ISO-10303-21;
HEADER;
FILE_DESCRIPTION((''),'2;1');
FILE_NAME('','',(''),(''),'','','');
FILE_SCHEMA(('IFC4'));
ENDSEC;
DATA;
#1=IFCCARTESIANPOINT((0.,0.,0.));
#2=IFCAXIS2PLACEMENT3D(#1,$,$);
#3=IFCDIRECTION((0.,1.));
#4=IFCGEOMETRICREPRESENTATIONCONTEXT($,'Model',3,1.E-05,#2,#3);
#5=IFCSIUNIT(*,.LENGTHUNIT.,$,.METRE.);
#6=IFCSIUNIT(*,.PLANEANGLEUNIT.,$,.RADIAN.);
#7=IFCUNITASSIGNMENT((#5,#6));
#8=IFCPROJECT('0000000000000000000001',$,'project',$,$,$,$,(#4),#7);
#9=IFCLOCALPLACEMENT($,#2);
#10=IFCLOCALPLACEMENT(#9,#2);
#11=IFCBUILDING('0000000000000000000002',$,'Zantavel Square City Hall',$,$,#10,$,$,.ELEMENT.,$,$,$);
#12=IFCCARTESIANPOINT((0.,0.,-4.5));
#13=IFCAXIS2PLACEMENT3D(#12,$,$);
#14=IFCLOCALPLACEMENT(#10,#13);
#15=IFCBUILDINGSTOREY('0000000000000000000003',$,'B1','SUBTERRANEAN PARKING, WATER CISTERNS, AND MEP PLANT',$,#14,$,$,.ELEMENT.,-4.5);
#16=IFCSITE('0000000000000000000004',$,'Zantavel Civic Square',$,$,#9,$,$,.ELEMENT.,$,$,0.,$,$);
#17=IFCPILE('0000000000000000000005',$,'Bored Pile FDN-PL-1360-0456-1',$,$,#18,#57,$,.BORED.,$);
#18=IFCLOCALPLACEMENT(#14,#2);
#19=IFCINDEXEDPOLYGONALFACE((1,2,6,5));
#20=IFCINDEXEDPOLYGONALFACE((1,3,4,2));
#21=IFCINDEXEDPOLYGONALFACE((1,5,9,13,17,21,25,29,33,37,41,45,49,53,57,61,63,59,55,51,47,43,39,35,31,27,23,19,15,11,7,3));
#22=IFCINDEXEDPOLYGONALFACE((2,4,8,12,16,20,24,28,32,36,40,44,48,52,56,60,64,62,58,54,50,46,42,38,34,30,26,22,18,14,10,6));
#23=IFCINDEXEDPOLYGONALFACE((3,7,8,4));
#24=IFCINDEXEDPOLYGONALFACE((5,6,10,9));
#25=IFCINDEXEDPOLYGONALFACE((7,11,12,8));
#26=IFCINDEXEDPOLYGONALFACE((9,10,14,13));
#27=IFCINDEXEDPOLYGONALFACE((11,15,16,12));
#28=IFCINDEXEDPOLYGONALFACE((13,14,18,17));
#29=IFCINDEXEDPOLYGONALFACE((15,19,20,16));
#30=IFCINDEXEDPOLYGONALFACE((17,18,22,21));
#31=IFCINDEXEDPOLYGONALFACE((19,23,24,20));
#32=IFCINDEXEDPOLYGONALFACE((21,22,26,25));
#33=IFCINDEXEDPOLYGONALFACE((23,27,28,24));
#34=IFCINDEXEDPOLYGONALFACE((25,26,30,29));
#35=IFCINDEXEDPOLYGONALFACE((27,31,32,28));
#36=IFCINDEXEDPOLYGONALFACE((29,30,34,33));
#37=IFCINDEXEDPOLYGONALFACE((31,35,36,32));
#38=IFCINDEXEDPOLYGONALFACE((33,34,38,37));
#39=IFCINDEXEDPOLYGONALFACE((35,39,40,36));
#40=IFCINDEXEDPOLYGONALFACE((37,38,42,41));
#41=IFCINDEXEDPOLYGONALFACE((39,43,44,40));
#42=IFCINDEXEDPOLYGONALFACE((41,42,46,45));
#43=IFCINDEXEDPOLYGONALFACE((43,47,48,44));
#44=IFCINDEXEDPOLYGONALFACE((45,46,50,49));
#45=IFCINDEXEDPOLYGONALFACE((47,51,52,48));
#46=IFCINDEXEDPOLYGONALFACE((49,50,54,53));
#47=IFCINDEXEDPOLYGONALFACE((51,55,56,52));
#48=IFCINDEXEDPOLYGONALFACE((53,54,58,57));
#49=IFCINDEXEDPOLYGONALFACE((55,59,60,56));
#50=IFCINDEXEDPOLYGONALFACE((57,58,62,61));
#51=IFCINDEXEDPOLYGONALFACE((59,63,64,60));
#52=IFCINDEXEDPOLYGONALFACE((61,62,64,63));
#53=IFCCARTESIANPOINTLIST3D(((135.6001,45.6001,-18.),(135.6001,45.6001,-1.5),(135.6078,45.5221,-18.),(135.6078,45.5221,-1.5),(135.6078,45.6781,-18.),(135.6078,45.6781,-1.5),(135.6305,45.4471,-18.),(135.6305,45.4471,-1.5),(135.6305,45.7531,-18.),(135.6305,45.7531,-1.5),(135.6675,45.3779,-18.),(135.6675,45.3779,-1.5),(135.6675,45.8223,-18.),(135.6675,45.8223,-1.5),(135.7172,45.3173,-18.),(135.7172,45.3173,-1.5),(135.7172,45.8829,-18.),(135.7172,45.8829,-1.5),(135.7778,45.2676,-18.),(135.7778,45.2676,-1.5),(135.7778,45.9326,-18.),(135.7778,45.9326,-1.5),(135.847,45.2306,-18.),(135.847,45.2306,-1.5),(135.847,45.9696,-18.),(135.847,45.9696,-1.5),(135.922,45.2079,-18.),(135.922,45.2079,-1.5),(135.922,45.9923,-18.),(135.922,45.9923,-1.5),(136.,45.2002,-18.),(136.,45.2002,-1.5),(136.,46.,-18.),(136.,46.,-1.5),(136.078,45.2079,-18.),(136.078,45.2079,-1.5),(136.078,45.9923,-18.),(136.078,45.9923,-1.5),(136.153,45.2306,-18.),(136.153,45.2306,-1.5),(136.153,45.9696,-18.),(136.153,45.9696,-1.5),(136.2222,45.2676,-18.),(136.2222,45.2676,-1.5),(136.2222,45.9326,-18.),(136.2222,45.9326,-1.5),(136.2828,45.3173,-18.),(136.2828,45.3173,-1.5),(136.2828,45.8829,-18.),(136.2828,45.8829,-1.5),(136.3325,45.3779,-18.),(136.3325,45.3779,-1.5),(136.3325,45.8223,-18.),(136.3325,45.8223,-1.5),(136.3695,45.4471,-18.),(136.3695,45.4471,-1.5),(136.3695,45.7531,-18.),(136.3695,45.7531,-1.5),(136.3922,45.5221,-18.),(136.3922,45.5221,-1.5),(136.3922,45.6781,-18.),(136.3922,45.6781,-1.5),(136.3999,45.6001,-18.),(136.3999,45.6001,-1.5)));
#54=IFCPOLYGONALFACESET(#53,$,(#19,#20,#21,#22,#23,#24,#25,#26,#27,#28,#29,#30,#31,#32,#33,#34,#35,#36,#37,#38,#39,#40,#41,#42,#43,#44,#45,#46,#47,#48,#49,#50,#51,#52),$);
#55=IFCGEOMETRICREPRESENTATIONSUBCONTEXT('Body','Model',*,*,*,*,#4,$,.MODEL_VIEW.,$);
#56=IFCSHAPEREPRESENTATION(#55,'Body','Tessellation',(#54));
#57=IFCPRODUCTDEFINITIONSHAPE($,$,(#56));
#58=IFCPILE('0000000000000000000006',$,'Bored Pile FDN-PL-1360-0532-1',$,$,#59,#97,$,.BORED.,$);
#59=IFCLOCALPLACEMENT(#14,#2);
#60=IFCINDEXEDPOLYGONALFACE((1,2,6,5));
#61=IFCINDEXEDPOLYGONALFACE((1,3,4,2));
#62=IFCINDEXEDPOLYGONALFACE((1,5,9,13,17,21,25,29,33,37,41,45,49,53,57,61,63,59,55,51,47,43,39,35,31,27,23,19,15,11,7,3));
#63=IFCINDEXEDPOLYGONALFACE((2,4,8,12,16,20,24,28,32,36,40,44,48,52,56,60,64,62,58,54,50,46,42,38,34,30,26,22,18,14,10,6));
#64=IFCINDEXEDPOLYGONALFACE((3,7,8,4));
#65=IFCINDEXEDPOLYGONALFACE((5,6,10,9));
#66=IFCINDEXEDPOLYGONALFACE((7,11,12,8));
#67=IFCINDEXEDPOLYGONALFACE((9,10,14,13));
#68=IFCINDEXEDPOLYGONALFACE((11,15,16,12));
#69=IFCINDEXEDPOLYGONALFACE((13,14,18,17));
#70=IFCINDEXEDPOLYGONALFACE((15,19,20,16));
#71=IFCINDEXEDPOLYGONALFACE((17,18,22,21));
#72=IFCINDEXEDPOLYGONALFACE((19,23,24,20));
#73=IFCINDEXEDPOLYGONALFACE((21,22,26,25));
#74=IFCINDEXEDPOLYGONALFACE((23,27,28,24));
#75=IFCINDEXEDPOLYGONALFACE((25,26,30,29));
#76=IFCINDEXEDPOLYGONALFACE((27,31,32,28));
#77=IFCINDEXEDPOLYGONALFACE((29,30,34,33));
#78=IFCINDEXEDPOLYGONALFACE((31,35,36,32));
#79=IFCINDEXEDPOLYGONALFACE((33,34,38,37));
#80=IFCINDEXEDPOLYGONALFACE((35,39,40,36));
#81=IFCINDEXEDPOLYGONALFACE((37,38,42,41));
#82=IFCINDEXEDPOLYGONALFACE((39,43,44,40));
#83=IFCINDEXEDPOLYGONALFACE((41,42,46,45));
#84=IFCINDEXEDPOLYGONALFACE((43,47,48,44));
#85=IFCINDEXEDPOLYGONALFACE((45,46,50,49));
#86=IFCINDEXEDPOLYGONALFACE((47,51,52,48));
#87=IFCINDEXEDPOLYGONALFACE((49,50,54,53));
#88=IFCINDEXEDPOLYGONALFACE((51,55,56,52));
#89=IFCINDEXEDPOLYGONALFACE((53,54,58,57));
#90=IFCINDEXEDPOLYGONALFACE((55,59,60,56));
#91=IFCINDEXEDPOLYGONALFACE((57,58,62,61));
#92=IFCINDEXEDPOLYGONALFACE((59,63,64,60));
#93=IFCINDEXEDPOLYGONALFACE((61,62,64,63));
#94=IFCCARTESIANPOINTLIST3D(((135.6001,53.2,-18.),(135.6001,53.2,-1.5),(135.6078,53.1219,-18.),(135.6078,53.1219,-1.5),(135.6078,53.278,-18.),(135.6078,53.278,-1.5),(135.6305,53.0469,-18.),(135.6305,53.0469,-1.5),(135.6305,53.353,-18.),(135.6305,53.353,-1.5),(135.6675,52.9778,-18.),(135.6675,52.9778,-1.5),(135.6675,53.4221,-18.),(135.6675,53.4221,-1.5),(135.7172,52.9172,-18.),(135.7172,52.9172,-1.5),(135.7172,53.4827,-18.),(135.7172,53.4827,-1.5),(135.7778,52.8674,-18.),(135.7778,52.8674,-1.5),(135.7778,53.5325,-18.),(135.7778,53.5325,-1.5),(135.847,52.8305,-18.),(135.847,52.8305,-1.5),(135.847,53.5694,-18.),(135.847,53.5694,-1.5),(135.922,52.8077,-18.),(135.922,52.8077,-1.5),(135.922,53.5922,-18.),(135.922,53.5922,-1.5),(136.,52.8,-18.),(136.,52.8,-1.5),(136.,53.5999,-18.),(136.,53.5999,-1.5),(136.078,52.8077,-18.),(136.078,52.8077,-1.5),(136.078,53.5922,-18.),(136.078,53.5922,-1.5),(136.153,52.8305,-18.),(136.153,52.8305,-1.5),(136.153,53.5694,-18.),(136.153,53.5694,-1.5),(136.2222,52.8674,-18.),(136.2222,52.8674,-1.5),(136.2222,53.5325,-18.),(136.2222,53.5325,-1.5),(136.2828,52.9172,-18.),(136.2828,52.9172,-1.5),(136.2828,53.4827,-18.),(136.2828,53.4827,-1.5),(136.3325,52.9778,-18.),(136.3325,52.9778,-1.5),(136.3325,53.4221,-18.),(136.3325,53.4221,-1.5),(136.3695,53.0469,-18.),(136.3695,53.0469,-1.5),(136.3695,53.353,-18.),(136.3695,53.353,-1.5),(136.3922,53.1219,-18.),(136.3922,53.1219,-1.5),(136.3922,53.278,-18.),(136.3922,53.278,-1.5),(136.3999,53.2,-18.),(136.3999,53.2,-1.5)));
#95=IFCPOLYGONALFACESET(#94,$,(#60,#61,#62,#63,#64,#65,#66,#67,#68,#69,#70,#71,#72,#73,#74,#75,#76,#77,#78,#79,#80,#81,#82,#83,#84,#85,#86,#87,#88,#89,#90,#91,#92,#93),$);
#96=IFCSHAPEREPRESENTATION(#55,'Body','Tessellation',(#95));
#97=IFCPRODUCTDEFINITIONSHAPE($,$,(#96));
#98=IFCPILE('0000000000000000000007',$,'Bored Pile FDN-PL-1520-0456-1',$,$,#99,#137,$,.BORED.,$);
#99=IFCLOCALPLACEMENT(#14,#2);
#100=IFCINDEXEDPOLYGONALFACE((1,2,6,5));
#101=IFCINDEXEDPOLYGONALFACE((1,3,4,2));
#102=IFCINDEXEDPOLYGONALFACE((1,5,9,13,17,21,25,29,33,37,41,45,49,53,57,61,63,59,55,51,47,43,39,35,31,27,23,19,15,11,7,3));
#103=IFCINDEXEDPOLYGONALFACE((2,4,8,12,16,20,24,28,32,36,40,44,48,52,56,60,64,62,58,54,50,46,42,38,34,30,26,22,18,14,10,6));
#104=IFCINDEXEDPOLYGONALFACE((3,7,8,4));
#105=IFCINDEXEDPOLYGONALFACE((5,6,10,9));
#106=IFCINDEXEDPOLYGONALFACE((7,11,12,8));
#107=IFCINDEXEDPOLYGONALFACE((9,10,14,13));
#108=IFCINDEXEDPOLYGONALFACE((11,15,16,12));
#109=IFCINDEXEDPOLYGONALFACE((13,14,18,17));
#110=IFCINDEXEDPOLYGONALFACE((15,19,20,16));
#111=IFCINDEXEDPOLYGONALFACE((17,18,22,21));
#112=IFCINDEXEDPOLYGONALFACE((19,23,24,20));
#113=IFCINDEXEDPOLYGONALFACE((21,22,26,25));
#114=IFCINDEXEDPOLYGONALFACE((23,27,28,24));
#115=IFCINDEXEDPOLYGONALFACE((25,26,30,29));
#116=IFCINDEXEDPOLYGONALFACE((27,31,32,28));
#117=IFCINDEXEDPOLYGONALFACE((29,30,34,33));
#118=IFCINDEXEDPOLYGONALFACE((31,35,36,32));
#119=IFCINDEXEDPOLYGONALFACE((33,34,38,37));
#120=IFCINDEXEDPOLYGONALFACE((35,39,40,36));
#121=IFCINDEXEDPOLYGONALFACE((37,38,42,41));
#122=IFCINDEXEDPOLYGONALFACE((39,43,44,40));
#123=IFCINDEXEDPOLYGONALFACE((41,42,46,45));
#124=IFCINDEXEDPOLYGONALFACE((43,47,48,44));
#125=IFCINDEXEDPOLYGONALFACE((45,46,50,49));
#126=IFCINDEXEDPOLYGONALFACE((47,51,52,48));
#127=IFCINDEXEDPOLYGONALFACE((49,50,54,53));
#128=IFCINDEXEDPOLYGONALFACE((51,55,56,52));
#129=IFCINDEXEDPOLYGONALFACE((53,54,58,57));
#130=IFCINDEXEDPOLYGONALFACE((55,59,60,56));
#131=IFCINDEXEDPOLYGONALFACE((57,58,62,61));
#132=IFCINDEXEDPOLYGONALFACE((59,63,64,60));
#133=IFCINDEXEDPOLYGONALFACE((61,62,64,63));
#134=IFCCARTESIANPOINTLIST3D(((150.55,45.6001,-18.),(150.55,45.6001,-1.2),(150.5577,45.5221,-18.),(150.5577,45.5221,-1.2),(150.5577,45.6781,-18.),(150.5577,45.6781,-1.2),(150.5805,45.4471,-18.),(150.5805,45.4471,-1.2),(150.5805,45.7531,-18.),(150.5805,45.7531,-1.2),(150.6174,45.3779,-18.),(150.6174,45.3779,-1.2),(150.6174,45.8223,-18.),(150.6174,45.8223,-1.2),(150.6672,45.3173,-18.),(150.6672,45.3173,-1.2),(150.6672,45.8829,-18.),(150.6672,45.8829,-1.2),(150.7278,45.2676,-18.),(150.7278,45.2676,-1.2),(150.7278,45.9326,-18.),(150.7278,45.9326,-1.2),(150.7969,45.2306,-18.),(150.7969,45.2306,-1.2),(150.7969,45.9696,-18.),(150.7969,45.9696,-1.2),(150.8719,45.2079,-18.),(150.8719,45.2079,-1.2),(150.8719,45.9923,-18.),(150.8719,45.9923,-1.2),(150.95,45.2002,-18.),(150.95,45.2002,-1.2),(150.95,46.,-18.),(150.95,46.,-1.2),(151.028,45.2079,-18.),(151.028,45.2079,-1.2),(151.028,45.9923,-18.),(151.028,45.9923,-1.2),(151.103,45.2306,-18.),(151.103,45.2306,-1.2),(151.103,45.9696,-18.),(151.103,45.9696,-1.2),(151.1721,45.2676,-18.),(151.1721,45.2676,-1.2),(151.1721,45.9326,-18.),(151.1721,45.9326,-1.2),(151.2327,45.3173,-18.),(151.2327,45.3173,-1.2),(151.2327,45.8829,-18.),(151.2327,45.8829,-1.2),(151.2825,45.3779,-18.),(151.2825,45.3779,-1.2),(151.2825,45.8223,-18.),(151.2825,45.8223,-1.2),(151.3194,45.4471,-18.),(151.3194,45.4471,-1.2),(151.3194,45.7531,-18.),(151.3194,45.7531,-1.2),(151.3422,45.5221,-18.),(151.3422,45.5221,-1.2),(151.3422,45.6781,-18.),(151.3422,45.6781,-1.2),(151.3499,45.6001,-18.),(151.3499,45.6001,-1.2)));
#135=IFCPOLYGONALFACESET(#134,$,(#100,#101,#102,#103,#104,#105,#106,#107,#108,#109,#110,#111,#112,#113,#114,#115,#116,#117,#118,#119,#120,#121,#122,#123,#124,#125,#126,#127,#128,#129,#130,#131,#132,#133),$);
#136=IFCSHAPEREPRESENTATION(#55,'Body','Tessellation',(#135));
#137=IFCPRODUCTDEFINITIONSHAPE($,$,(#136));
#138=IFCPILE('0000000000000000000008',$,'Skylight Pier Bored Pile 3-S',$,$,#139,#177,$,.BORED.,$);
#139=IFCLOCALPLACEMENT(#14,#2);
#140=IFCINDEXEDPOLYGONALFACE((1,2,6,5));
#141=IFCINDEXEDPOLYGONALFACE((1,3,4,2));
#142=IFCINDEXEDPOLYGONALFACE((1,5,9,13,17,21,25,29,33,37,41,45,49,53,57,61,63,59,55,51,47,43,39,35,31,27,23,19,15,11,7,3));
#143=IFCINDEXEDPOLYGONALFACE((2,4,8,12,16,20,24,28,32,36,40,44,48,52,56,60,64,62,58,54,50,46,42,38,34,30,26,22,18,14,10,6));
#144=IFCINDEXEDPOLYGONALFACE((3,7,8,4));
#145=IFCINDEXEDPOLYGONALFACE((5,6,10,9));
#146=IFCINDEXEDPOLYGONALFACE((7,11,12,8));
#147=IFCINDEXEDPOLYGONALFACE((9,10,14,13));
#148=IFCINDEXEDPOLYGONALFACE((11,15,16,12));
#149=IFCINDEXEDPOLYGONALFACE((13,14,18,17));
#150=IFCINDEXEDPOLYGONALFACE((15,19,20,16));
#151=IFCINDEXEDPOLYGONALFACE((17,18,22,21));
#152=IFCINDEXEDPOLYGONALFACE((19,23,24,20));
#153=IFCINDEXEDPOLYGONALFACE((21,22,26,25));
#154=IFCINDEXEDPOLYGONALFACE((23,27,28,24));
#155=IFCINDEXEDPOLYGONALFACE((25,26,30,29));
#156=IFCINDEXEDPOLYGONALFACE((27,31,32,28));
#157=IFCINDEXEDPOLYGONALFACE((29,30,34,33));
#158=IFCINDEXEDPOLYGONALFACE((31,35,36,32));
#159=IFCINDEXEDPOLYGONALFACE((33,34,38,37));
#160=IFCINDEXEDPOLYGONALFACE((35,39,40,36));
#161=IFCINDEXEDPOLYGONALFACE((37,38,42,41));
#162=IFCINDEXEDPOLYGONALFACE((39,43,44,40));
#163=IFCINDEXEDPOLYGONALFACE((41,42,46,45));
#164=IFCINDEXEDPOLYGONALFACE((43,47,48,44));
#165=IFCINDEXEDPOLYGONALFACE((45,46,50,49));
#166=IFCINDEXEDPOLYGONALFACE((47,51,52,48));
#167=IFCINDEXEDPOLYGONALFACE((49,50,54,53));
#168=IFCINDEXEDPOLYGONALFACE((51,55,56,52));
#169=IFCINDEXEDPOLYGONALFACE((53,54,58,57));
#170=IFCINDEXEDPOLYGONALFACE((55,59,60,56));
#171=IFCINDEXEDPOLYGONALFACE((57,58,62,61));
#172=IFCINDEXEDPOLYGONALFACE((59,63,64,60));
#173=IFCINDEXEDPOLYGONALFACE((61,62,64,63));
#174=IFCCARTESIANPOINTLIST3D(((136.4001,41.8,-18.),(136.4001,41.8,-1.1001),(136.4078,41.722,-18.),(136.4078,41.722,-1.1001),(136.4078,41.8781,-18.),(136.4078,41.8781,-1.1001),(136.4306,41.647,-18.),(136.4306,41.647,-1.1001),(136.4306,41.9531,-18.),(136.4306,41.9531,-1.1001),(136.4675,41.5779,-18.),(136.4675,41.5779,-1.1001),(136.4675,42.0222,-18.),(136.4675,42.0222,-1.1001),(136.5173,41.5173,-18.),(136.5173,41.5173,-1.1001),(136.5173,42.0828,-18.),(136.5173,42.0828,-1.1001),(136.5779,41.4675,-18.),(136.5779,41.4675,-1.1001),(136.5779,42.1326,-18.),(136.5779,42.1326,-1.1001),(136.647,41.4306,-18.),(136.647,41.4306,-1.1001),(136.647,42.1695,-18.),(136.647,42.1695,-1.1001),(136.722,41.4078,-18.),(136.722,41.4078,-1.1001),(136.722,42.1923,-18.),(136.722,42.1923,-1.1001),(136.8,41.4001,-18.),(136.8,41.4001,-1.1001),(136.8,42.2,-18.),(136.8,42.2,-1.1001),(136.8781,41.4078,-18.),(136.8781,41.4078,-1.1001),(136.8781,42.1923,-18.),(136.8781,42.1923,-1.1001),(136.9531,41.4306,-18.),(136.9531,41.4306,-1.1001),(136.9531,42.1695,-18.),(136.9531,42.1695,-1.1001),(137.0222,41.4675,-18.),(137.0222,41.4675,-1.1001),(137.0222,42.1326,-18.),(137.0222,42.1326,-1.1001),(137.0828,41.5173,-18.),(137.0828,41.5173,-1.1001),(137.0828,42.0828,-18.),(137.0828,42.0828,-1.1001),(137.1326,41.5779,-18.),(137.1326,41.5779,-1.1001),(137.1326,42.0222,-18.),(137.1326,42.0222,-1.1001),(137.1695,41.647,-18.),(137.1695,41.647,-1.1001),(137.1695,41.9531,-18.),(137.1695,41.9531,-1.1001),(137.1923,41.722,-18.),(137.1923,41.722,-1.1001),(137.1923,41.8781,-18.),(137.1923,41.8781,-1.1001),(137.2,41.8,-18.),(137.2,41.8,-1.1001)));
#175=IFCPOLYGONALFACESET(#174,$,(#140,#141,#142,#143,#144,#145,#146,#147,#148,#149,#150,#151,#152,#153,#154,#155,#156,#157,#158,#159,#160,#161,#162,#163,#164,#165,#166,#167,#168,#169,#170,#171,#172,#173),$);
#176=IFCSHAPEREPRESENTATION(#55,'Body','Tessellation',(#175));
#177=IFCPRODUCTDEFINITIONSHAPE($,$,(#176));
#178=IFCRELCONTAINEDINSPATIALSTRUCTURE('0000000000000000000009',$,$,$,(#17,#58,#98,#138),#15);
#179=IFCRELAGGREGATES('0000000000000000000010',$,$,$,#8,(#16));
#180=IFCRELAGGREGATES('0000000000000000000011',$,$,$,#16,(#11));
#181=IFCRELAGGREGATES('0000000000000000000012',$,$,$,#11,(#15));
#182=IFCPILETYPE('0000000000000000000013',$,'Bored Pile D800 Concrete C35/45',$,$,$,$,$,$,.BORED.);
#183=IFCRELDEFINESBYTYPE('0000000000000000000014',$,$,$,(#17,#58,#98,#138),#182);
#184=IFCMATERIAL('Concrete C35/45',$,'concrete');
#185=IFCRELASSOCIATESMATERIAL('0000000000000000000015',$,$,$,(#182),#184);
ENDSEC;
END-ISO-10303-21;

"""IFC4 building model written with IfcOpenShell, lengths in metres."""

from ifc_helpers import new_model, si_unit, direction, frame, origin, origin_2d, place, context, subcontext, project, spatial, circle, extrude, material, material_profile, profile_set, type_object, element, save


model = new_model("IFC4")

# Units and contexts
model_context = context("Model", 3, precision=1e-05, world=origin(), true_north=direction((0.0, 1.0)))
body_context = subcontext(model_context, "Body", "Model", "MODEL_VIEW")
ifc_project = project(units=[si_unit("LENGTHUNIT", "METRE"), si_unit("PLANEANGLEUNIT", "RADIAN")], contexts=[model_context])

# Site, building, storey
site_placement = place(None, origin())
site = spatial("IfcSite", under=ifc_project, at=site_placement, Name="Zantavel Civic Square", CompositionType="ELEMENT", RefElevation=0.0)
building_placement = place(site_placement, origin())
building = spatial("IfcBuilding", under=site, at=building_placement, Name="Zantavel Square City Hall", CompositionType="ELEMENT")
storey_placement = place(building_placement, frame((0.0, 0.0, -4.5)))
storey = spatial("IfcBuildingStorey", under=building, at=storey_placement, Name="B1", Description="SUBTERRANEAN PARKING, WATER CISTERNS, AND MEP PLANT", CompositionType="ELEMENT", Elevation=-4.5)

# Piles
ifc_material_1 = material(Name="Concrete C35/45", Category="concrete")
ifc_material_profile_1 = material_profile(ifc_material_1, circle(Radius=0.3999, at=origin_2d()), Name="PILE D800")
ifc_profile_set_1 = profile_set([ifc_material_profile_1], Name="Concrete C35/45")
pile_type = type_object("IfcPileType", Name="Bored Pile D800 Concrete C35/45", PredefinedType="BORED", material=ifc_profile_set_1)
for number, where, z_axis, x_axis, name in (
    (1, (136.0, 45.6001, -1.5), (0.0, 0.0, -1.0), (1.0, 0.0, 0.0), "Bored Pile FDN-PL-1360-0456-1"),
    (2, (136.0, 53.2, -1.5), (0.0, 0.0, -1.0), (1.0, 0.0, 0.0), "Bored Pile FDN-PL-1360-0532-1"),
):
    element("IfcPile", number, at=place(storey_placement, frame(where, z_axis=z_axis, x_axis=x_axis)), inside=storey, type_object=pile_type, Name=name, PredefinedType="BORED", context=body_context, shape_type="SweptSolid", body=[
        extrude(circle(Radius=0.3999, at=origin_2d()), origin(), (0.0, 0.0, 1.0), 16.5),
    ])
pile_placement = place(storey_placement, frame((150.95, 45.6001, -1.2), z_axis=(0.0, 0.0, -1.0), x_axis=(1.0, 0.0, 0.0)))
element("IfcPile", 3, at=pile_placement, inside=storey, type_object=pile_type, Name="Bored Pile FDN-PL-1520-0456-1", PredefinedType="BORED", context=body_context, shape_type="SweptSolid", body=[
    extrude(circle(Radius=0.3999, at=origin_2d()), origin(), (0.0, 0.0, 1.0), 16.8),
])
for number, where, z_axis, x_axis, name in (
    (4, (136.8, 41.8, -1.1001), (0.0, 0.0, -1.0), (1.0, 0.0, 0.0), "Skylight Pier Bored Pile 3-S"),
):
    element("IfcPile", number, at=place(storey_placement, frame(where, z_axis=z_axis, x_axis=x_axis)), inside=storey, type_object=pile_type, Name=name, PredefinedType="BORED", context=body_context, shape_type="SweptSolid", body=[
        extrude(circle(Radius=0.3999, at=origin_2d()), origin(), (0.0, 0.0, 1.0), 16.8999),
    ])

save(model, "model.ifc")
